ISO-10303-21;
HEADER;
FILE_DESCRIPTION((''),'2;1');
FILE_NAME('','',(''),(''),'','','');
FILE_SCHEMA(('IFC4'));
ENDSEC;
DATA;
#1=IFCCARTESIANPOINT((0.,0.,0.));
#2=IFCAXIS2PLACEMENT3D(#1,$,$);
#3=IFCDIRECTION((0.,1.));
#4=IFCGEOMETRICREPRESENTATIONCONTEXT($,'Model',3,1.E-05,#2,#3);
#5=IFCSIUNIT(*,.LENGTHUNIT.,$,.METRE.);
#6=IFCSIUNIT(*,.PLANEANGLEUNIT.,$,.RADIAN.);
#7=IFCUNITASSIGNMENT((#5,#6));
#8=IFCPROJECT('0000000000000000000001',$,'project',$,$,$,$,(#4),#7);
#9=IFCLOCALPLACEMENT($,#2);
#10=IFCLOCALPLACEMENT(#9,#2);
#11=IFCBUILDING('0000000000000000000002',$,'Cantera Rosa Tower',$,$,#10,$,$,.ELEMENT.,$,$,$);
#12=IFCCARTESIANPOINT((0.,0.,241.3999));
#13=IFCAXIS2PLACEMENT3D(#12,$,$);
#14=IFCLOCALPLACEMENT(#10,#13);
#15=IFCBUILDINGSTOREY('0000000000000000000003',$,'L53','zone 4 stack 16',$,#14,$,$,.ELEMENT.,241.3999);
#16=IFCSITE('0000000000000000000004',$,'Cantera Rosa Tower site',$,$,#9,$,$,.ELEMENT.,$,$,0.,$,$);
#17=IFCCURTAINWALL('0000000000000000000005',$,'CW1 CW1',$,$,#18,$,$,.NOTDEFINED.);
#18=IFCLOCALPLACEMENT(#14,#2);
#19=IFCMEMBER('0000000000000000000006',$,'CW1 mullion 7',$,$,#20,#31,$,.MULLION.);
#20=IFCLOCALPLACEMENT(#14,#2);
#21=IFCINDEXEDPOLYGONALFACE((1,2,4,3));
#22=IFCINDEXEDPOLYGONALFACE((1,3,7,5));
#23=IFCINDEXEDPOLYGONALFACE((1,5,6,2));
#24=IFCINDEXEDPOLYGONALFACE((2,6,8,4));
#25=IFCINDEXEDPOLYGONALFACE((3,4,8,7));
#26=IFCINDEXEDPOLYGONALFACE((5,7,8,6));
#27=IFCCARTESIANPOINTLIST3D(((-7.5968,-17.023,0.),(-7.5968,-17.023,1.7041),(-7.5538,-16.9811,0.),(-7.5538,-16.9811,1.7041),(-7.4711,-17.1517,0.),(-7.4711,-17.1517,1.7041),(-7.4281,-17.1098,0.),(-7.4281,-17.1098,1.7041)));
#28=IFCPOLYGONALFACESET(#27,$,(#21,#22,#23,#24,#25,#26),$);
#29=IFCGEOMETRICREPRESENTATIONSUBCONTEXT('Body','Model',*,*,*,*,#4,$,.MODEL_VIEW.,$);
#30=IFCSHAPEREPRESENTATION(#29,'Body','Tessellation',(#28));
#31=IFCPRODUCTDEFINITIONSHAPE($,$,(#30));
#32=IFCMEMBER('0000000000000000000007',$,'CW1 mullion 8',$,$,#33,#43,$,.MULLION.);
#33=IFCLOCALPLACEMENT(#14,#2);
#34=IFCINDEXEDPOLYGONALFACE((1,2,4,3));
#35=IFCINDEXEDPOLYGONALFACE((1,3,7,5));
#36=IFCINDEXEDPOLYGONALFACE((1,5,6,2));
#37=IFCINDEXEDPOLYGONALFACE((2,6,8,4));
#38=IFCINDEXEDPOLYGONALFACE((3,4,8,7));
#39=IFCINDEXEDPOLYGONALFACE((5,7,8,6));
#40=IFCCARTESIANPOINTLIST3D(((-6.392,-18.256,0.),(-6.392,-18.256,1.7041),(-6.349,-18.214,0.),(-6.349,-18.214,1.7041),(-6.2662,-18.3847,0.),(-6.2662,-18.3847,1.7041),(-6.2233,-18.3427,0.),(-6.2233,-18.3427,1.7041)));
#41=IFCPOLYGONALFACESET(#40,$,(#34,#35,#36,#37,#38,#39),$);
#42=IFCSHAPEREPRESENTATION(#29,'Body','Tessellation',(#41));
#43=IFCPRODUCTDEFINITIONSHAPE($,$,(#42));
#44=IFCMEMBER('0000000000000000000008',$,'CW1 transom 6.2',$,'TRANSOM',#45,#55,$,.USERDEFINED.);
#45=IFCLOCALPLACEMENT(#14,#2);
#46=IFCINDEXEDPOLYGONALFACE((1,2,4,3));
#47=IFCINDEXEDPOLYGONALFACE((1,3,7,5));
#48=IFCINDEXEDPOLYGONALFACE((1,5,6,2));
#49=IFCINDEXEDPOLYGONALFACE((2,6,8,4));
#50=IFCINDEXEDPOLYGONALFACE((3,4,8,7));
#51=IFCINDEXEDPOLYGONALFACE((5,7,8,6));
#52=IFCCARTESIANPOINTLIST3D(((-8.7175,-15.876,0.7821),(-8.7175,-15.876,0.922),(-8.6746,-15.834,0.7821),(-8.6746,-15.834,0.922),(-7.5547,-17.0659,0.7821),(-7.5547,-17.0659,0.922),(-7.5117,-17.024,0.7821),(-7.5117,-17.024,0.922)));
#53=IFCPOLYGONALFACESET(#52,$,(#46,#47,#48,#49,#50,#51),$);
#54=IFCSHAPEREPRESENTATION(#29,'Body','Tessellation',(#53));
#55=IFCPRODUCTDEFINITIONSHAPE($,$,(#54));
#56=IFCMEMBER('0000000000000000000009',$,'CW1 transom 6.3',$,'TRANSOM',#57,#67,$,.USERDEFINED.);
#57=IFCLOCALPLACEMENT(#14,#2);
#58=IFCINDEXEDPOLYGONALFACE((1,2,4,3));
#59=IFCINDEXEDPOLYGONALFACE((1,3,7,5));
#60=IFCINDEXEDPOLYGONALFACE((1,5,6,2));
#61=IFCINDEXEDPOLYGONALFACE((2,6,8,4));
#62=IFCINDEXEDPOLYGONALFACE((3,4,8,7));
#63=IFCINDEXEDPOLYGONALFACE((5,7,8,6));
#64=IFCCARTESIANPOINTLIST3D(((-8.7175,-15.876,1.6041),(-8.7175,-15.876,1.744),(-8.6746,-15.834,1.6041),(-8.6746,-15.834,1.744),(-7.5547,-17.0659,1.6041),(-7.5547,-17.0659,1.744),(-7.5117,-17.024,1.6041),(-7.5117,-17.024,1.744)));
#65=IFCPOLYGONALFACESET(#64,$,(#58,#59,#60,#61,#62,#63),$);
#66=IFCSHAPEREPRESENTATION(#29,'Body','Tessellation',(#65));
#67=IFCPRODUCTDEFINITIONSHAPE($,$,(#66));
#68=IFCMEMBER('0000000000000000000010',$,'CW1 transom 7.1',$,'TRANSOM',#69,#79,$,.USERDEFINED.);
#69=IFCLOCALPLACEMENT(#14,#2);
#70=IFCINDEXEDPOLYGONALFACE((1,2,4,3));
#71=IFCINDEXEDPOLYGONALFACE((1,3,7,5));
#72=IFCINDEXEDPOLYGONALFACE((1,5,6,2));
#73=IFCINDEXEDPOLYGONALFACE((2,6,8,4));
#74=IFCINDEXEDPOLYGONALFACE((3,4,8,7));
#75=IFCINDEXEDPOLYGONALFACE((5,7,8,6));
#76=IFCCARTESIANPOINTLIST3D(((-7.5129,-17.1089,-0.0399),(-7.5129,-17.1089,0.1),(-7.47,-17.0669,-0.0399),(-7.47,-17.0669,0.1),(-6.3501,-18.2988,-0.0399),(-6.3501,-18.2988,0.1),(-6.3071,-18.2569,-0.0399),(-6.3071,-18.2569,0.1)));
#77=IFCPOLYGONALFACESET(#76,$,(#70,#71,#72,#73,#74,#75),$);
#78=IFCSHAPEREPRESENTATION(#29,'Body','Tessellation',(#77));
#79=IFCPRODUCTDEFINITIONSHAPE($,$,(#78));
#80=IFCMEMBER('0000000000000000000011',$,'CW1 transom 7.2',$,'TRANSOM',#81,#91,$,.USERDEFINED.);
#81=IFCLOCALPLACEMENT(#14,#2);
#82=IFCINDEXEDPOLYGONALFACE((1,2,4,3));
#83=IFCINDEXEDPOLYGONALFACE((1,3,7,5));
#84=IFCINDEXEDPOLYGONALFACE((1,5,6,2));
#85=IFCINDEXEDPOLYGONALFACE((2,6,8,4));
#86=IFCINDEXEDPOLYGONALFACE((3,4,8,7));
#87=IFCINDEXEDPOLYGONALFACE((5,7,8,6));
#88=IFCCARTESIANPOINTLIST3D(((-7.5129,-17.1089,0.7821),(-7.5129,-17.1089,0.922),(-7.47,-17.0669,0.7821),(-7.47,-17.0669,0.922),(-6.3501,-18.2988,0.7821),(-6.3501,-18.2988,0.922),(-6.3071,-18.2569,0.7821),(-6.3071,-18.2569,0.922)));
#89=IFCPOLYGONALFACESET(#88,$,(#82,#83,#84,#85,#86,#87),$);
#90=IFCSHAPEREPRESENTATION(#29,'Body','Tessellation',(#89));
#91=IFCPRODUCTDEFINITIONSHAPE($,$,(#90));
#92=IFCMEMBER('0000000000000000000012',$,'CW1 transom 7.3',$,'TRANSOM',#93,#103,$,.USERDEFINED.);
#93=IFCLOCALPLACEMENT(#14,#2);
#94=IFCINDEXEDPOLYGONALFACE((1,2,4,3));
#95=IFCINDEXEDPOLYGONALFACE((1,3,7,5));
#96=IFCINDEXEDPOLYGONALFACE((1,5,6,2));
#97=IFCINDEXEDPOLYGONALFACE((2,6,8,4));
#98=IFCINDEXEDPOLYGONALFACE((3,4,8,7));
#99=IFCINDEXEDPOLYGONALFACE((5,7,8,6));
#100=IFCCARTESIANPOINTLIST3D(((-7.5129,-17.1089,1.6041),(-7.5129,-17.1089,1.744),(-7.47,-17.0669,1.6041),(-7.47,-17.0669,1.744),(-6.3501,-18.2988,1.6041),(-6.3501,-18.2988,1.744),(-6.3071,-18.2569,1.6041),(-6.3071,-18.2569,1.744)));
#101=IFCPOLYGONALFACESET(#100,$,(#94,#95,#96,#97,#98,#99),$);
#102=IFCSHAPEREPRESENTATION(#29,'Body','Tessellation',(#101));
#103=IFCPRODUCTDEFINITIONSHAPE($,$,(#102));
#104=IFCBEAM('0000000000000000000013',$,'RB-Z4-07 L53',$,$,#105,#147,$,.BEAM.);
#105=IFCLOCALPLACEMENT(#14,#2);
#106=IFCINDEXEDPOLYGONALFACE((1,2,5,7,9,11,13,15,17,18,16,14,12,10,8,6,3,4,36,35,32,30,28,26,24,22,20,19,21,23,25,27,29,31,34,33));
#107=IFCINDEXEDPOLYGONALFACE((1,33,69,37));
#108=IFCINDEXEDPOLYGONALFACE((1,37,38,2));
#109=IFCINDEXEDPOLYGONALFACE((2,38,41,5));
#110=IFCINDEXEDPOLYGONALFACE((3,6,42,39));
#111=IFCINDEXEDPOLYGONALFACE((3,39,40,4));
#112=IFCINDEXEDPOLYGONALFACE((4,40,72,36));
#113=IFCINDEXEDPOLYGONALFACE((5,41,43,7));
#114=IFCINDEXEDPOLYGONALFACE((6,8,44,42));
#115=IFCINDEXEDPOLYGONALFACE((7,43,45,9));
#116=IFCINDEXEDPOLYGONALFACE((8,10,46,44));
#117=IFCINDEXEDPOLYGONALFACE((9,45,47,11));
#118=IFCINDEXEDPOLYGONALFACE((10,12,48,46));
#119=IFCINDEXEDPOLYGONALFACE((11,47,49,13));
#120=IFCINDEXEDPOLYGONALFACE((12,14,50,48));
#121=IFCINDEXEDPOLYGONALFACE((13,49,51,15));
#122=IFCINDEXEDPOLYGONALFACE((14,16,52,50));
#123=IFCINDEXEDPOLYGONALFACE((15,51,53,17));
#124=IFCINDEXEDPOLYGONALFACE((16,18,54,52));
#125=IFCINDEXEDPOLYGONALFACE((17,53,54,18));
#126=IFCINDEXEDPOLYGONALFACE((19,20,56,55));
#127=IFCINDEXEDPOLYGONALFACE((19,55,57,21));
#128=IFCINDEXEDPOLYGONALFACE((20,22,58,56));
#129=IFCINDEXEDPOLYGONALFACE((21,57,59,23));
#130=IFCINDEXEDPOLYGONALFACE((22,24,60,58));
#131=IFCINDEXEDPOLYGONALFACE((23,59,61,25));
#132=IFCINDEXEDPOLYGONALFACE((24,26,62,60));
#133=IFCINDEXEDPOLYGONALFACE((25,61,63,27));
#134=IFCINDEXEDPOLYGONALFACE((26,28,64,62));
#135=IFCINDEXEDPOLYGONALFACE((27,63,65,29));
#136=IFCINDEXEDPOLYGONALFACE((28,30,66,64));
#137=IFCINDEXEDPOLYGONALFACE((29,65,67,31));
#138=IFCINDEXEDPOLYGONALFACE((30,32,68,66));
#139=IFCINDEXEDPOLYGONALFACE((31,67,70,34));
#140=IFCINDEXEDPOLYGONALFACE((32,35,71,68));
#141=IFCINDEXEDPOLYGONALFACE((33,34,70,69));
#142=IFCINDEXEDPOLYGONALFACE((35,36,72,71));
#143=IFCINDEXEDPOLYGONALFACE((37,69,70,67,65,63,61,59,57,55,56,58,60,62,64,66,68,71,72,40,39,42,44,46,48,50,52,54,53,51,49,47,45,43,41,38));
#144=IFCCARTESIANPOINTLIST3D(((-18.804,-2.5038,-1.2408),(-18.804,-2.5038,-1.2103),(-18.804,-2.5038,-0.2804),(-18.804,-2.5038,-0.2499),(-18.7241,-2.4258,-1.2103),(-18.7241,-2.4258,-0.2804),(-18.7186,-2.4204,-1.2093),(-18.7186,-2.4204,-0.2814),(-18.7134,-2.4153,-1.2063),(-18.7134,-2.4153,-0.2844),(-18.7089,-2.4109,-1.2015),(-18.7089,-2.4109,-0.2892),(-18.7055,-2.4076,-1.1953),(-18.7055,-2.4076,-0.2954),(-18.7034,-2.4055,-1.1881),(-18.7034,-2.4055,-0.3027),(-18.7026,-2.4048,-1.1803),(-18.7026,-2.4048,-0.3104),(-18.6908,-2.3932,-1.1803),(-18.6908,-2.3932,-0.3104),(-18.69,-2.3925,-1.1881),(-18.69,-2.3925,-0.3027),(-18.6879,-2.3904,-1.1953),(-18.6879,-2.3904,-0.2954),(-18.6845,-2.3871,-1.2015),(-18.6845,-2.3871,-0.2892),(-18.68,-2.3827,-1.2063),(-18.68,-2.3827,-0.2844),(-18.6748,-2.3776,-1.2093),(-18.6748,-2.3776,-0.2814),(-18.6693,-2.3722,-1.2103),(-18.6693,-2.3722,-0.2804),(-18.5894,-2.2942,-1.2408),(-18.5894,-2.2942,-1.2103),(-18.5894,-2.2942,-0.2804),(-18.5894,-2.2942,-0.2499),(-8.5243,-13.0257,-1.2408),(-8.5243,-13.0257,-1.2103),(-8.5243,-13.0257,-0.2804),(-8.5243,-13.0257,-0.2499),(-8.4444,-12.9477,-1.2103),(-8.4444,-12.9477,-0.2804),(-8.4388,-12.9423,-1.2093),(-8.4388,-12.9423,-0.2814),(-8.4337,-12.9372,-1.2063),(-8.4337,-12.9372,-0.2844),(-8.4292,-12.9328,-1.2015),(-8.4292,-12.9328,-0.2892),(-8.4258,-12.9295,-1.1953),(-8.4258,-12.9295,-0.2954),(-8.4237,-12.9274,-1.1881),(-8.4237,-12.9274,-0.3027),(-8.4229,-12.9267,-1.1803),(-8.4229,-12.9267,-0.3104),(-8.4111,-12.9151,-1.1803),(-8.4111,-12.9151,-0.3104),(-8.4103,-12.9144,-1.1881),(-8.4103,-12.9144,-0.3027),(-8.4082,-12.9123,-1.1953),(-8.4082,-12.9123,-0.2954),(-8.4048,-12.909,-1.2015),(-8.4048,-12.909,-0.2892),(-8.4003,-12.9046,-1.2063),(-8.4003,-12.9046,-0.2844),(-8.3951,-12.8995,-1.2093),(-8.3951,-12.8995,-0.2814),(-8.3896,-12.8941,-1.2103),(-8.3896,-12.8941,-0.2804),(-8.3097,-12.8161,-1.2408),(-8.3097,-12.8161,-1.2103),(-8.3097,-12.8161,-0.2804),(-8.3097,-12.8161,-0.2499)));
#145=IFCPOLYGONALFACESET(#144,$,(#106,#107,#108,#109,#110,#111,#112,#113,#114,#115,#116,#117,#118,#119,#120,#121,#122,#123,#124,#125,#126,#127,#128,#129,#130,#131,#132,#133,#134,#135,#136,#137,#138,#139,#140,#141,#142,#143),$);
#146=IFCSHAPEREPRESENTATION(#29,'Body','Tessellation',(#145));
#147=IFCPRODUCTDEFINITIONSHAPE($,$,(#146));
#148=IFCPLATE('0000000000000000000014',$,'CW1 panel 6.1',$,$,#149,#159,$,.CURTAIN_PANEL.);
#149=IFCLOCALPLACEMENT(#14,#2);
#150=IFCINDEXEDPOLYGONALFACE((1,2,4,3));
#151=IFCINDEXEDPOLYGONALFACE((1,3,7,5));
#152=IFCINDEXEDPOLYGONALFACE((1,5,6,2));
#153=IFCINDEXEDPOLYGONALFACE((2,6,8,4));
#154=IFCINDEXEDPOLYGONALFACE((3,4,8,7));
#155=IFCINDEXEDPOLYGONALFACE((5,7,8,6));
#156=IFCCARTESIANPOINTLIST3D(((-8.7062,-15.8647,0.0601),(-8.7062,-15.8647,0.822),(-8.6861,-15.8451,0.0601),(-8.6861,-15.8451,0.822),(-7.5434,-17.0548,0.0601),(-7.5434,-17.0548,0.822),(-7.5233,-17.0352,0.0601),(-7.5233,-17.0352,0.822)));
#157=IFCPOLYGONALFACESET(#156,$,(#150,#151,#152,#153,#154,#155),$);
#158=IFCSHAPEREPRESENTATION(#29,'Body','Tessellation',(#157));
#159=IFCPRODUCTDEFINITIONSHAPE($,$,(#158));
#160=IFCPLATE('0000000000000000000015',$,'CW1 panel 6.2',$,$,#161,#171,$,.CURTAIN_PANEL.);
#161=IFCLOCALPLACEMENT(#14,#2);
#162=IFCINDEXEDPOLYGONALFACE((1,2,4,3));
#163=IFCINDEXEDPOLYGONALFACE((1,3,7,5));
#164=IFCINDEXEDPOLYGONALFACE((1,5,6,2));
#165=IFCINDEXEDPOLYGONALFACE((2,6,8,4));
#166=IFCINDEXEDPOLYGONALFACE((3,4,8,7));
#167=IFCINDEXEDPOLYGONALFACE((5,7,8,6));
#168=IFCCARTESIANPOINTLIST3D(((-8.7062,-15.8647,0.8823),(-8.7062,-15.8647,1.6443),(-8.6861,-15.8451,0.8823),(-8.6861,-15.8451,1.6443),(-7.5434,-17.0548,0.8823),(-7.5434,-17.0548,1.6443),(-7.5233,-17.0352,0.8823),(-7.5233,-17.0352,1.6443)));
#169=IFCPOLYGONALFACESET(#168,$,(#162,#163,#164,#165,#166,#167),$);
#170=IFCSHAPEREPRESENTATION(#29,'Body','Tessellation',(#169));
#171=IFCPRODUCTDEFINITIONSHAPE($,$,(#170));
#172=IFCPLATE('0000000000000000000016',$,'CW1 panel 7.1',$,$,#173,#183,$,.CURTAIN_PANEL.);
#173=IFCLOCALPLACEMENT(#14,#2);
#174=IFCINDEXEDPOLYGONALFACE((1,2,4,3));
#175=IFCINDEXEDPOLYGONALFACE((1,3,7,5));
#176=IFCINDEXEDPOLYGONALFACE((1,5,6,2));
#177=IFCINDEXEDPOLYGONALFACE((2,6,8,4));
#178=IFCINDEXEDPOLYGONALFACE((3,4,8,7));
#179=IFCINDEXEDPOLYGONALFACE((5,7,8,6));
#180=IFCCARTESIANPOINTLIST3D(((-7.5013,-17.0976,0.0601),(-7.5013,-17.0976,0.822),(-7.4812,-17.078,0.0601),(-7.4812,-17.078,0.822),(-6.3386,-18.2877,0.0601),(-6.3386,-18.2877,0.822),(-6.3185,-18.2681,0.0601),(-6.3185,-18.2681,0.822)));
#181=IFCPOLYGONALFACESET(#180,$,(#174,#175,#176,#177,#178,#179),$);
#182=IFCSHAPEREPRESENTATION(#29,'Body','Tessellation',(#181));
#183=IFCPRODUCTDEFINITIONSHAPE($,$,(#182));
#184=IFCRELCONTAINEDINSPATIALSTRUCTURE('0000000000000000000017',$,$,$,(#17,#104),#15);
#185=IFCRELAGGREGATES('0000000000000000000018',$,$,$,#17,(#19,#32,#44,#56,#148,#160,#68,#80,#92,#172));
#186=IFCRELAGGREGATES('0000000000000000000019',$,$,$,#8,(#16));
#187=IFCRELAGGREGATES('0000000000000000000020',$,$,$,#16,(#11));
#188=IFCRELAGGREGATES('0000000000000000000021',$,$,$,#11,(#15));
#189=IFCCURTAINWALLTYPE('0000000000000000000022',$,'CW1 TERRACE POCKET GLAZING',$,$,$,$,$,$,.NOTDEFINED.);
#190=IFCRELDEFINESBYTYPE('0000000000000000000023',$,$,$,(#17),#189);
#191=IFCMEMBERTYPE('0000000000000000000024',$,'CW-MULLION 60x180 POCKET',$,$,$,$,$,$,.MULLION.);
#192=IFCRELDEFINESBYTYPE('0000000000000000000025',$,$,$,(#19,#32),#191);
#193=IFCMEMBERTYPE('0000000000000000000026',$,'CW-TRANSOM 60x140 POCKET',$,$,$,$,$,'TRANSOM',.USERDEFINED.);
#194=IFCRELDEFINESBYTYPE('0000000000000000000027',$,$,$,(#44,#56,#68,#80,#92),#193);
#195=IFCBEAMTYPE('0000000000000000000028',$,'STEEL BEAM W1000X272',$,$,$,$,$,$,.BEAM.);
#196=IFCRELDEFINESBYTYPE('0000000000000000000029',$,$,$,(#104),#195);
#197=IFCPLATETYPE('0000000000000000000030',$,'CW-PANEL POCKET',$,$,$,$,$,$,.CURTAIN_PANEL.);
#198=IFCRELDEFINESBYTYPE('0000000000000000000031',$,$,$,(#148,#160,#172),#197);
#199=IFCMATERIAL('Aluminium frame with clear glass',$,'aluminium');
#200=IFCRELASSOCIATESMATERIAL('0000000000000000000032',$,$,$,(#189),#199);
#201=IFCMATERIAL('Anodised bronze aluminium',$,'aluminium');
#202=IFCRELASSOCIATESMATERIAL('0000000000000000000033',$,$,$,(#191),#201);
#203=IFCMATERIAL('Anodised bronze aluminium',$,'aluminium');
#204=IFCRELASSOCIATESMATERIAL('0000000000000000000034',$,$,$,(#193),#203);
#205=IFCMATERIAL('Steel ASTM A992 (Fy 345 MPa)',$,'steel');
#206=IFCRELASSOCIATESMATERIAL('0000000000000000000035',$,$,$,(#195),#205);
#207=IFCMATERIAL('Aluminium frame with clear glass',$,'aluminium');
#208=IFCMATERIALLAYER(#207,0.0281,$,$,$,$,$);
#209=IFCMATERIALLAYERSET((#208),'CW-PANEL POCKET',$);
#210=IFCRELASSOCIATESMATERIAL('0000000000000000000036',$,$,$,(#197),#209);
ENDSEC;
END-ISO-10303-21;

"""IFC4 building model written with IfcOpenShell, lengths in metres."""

from ifc_helpers import new_model, si_unit, direction, frame, origin, origin_2d, place, context, subcontext, project, spatial, rectangle, i_section, extrude, material, layer, layer_set, material_profile, profile_set, type_object, element, aggregate, save


model = new_model("IFC4")

# Units and contexts
model_context = context("Model", 3, precision=1e-05, world=origin(), true_north=direction((0.0, 1.0)))
body_context = subcontext(model_context, "Body", "Model", "MODEL_VIEW")
ifc_project = project(units=[si_unit("LENGTHUNIT", "METRE"), si_unit("PLANEANGLEUNIT", "RADIAN")], contexts=[model_context])

# Site, building, storey
site_placement = place(None, origin())
site = spatial("IfcSite", under=ifc_project, at=site_placement, Name="Cantera Rosa Tower site", CompositionType="ELEMENT", RefElevation=0.0)
building_placement = place(site_placement, origin())
building = spatial("IfcBuilding", under=site, at=building_placement, Name="Cantera Rosa Tower", CompositionType="ELEMENT")
storey_placement = place(building_placement, frame((0.0, 0.0, 241.3999)))
storey = spatial("IfcBuildingStorey", under=building, at=storey_placement, Name="L53", Description="zone 4 stack 16", CompositionType="ELEMENT", Elevation=241.3999)

# Curtain wall, members
ifc_material_1 = material(Name="Aluminium frame with clear glass", Category="aluminium")
curtain_wall_type = type_object("IfcCurtainWallType", Name="CW1 TERRACE POCKET GLAZING", PredefinedType="NOTDEFINED", material=ifc_material_1)
curtain_wall_placement = place(storey_placement, origin())
curtain_wall = element("IfcCurtainWall", 1, at=curtain_wall_placement, inside=storey, type_object=curtain_wall_type, Name="CW1 CW1", PredefinedType="NOTDEFINED")
ifc_material_2 = material(Name="Anodised bronze aluminium", Category="aluminium")
ifc_material_profile_1 = material_profile(ifc_material_2, rectangle(XDim=0.0601, YDim=0.1799, at=origin_2d()), Name="CW-MULLION 60x180 POCKET")
ifc_profile_set_1 = profile_set([ifc_material_profile_1], Name="Anodised bronze aluminium")
member_type_1 = type_object("IfcMemberType", Name="CW-MULLION 60x180 POCKET", PredefinedType="MULLION", material=ifc_profile_set_1)
member_1_placement = place(storey_placement, frame((-7.5125, -17.0664, 0.0), z_axis=(0.0, 0.0, 1.0), x_axis=(0.715286, 0.698832, 0.0)))
member_1 = element("IfcMember", 2, at=member_1_placement, type_object=member_type_1, Name="CW1 mullion 7", PredefinedType="MULLION", context=body_context, shape_type="SweptSolid", body=[
    extrude(rectangle(XDim=0.0601, YDim=0.1799, at=origin_2d()), origin(), (0.0, 0.0, 1.0), 1.7041),
])
member_2_placement = place(storey_placement, frame((-6.3076, -18.2993, 0.0), z_axis=(0.0, 0.0, 1.0), x_axis=(0.715286, 0.698832, 0.0)))
member_2 = element("IfcMember", 3, at=member_2_placement, type_object=member_type_1, Name="CW1 mullion 8", PredefinedType="MULLION", context=body_context, shape_type="SweptSolid", body=[
    extrude(rectangle(XDim=0.0601, YDim=0.1799, at=origin_2d()), origin(), (0.0, 0.0, 1.0), 1.7041),
])
ifc_material_3 = material(Name="Anodised bronze aluminium", Category="aluminium")
ifc_material_profile_2 = material_profile(ifc_material_3, rectangle(XDim=0.0601, YDim=0.1399, at=origin_2d()), Name="CW-TRANSOM 60x140 POCKET")
ifc_profile_set_2 = profile_set([ifc_material_profile_2], Name="Anodised bronze aluminium")
member_type_2 = type_object("IfcMemberType", Name="CW-TRANSOM 60x140 POCKET", ElementType="TRANSOM", PredefinedType="USERDEFINED", material=ifc_profile_set_2)
member_3_placement = place(storey_placement, frame((-8.696, -15.855, 0.8521), z_axis=(0.698916, -0.715204, 0.0), x_axis=(0.715204, 0.698916, 0.0)))
member_3 = element("IfcMember", 4, at=member_3_placement, type_object=member_type_2, Name="CW1 transom 6.2", ObjectType="TRANSOM", PredefinedType="USERDEFINED", context=body_context, shape_type="SweptSolid", body=[
    extrude(rectangle(XDim=0.0601, YDim=0.1399, at=origin_2d()), origin(), (0.0, 0.0, 1.0), 1.6638),
])
member_4_placement = place(storey_placement, frame((-8.696, -15.855, 1.6741), z_axis=(0.698916, -0.715204, 0.0), x_axis=(0.715204, 0.698916, 0.0)))
member_4 = element("IfcMember", 5, at=member_4_placement, type_object=member_type_2, Name="CW1 transom 6.3", ObjectType="TRANSOM", PredefinedType="USERDEFINED", context=body_context, shape_type="SweptSolid", body=[
    extrude(rectangle(XDim=0.0601, YDim=0.1399, at=origin_2d()), origin(), (0.0, 0.0, 1.0), 1.6638),
])
member_5_placement = place(storey_placement, frame((-7.4915, -17.0879, 0.03), z_axis=(0.698916, -0.715204, 0.0), x_axis=(0.715204, 0.698916, 0.0)))
member_5 = element("IfcMember", 6, at=member_5_placement, type_object=member_type_2, Name="CW1 transom 7.1", ObjectType="TRANSOM", PredefinedType="USERDEFINED", context=body_context, shape_type="SweptSolid", body=[
    extrude(rectangle(XDim=0.0601, YDim=0.1399, at=origin_2d()), origin(), (0.0, 0.0, 1.0), 1.6638),
])
member_6_placement = place(storey_placement, frame((-7.4915, -17.0879, 0.8521), z_axis=(0.698916, -0.715204, 0.0), x_axis=(0.715204, 0.698916, 0.0)))
member_6 = element("IfcMember", 7, at=member_6_placement, type_object=member_type_2, Name="CW1 transom 7.2", ObjectType="TRANSOM", PredefinedType="USERDEFINED", context=body_context, shape_type="SweptSolid", body=[
    extrude(rectangle(XDim=0.0601, YDim=0.1399, at=origin_2d()), origin(), (0.0, 0.0, 1.0), 1.6638),
])
member_7_placement = place(storey_placement, frame((-7.4915, -17.0879, 1.6741), z_axis=(0.698916, -0.715204, 0.0), x_axis=(0.715204, 0.698916, 0.0)))
member_7 = element("IfcMember", 8, at=member_7_placement, type_object=member_type_2, Name="CW1 transom 7.3", ObjectType="TRANSOM", PredefinedType="USERDEFINED", context=body_context, shape_type="SweptSolid", body=[
    extrude(rectangle(XDim=0.0601, YDim=0.1399, at=origin_2d()), origin(), (0.0, 0.0, 1.0), 1.6638),
])

# Beam
ifc_material_4 = material(Name="Steel ASTM A992 (Fy 345 MPa)", Category="steel")
ifc_material_profile_3 = material_profile(ifc_material_4, i_section(OverallWidth=0.3, OverallDepth=0.991, WebThickness=0.0166, FlangeThickness=0.0305, FilletRadius=0.03, at=origin_2d()), Name="W1000X272")
ifc_profile_set_3 = profile_set([ifc_material_profile_3], Name="Steel ASTM A992 (Fy 345 MPa)")
beam_type = type_object("IfcBeamType", Name="STEEL BEAM W1000X272", PredefinedType="BEAM", material=ifc_profile_set_3)
beam_placement = place(storey_placement, frame((-8.417, -12.9209, -0.7454), z_axis=(-0.698827, 0.715291, 0.0), x_axis=(-0.715291, -0.698827, 0.0)))
element("IfcBeam", 9, at=beam_placement, inside=storey, type_object=beam_type, Name="RB-Z4-07 L53", PredefinedType="BEAM", context=body_context, shape_type="SweptSolid", body=[
    extrude(i_section(OverallWidth=0.3, OverallDepth=0.991, WebThickness=0.0166, FlangeThickness=0.0305, FilletRadius=0.03, at=origin_2d()), origin(), (0.0, 0.0, 1.0), 14.71),
])

# Plates
ifc_material_5 = material(Name="Aluminium frame with clear glass", Category="aluminium")
ifc_layer_1 = layer(ifc_material_5, 0.0281)
ifc_layer_set_1 = layer_set([ifc_layer_1], Name="CW-PANEL POCKET")
plate_type = type_object("IfcPlateType", Name="CW-PANEL POCKET", PredefinedType="CURTAIN_PANEL", material=ifc_layer_set_1)
plate_1_placement = place(storey_placement, frame((-8.1147, -16.45, 0.0601), z_axis=(0.0, 0.0, 1.0), x_axis=(0.698832, -0.715286, 0.0)))
plate_1 = element("IfcPlate", 10, at=plate_1_placement, type_object=plate_type, Name="CW1 panel 6.1", PredefinedType="CURTAIN_PANEL", context=body_context, shape_type="SweptSolid", body=[
    extrude(rectangle(XDim=1.6638, YDim=0.0281, at=origin_2d()), origin(), (0.0, 0.0, 1.0), 0.762),
])
plate_2_placement = place(storey_placement, frame((-8.1147, -16.45, 0.8823), z_axis=(0.0, 0.0, 1.0), x_axis=(0.698832, -0.715286, 0.0)))
plate_2 = element("IfcPlate", 11, at=plate_2_placement, type_object=plate_type, Name="CW1 panel 6.2", PredefinedType="CURTAIN_PANEL", context=body_context, shape_type="SweptSolid", body=[
    extrude(rectangle(XDim=1.6638, YDim=0.0281, at=origin_2d()), origin(), (0.0, 0.0, 1.0), 0.762),
])
plate_3_placement = place(storey_placement, frame((-6.9099, -17.6829, 0.0601), z_axis=(0.0, 0.0, 1.0), x_axis=(0.698832, -0.715286, 0.0)))
plate_3 = element("IfcPlate", 12, at=plate_3_placement, type_object=plate_type, Name="CW1 panel 7.1", PredefinedType="CURTAIN_PANEL", context=body_context, shape_type="SweptSolid", body=[
    extrude(rectangle(XDim=1.6638, YDim=0.0281, at=origin_2d()), origin(), (0.0, 0.0, 1.0), 0.762),
])
aggregate(curtain_wall, [member_1, member_2, member_3, member_4, plate_1, plate_2, member_5, member_6, member_7, plate_3])

save(model, "model.ifc")
